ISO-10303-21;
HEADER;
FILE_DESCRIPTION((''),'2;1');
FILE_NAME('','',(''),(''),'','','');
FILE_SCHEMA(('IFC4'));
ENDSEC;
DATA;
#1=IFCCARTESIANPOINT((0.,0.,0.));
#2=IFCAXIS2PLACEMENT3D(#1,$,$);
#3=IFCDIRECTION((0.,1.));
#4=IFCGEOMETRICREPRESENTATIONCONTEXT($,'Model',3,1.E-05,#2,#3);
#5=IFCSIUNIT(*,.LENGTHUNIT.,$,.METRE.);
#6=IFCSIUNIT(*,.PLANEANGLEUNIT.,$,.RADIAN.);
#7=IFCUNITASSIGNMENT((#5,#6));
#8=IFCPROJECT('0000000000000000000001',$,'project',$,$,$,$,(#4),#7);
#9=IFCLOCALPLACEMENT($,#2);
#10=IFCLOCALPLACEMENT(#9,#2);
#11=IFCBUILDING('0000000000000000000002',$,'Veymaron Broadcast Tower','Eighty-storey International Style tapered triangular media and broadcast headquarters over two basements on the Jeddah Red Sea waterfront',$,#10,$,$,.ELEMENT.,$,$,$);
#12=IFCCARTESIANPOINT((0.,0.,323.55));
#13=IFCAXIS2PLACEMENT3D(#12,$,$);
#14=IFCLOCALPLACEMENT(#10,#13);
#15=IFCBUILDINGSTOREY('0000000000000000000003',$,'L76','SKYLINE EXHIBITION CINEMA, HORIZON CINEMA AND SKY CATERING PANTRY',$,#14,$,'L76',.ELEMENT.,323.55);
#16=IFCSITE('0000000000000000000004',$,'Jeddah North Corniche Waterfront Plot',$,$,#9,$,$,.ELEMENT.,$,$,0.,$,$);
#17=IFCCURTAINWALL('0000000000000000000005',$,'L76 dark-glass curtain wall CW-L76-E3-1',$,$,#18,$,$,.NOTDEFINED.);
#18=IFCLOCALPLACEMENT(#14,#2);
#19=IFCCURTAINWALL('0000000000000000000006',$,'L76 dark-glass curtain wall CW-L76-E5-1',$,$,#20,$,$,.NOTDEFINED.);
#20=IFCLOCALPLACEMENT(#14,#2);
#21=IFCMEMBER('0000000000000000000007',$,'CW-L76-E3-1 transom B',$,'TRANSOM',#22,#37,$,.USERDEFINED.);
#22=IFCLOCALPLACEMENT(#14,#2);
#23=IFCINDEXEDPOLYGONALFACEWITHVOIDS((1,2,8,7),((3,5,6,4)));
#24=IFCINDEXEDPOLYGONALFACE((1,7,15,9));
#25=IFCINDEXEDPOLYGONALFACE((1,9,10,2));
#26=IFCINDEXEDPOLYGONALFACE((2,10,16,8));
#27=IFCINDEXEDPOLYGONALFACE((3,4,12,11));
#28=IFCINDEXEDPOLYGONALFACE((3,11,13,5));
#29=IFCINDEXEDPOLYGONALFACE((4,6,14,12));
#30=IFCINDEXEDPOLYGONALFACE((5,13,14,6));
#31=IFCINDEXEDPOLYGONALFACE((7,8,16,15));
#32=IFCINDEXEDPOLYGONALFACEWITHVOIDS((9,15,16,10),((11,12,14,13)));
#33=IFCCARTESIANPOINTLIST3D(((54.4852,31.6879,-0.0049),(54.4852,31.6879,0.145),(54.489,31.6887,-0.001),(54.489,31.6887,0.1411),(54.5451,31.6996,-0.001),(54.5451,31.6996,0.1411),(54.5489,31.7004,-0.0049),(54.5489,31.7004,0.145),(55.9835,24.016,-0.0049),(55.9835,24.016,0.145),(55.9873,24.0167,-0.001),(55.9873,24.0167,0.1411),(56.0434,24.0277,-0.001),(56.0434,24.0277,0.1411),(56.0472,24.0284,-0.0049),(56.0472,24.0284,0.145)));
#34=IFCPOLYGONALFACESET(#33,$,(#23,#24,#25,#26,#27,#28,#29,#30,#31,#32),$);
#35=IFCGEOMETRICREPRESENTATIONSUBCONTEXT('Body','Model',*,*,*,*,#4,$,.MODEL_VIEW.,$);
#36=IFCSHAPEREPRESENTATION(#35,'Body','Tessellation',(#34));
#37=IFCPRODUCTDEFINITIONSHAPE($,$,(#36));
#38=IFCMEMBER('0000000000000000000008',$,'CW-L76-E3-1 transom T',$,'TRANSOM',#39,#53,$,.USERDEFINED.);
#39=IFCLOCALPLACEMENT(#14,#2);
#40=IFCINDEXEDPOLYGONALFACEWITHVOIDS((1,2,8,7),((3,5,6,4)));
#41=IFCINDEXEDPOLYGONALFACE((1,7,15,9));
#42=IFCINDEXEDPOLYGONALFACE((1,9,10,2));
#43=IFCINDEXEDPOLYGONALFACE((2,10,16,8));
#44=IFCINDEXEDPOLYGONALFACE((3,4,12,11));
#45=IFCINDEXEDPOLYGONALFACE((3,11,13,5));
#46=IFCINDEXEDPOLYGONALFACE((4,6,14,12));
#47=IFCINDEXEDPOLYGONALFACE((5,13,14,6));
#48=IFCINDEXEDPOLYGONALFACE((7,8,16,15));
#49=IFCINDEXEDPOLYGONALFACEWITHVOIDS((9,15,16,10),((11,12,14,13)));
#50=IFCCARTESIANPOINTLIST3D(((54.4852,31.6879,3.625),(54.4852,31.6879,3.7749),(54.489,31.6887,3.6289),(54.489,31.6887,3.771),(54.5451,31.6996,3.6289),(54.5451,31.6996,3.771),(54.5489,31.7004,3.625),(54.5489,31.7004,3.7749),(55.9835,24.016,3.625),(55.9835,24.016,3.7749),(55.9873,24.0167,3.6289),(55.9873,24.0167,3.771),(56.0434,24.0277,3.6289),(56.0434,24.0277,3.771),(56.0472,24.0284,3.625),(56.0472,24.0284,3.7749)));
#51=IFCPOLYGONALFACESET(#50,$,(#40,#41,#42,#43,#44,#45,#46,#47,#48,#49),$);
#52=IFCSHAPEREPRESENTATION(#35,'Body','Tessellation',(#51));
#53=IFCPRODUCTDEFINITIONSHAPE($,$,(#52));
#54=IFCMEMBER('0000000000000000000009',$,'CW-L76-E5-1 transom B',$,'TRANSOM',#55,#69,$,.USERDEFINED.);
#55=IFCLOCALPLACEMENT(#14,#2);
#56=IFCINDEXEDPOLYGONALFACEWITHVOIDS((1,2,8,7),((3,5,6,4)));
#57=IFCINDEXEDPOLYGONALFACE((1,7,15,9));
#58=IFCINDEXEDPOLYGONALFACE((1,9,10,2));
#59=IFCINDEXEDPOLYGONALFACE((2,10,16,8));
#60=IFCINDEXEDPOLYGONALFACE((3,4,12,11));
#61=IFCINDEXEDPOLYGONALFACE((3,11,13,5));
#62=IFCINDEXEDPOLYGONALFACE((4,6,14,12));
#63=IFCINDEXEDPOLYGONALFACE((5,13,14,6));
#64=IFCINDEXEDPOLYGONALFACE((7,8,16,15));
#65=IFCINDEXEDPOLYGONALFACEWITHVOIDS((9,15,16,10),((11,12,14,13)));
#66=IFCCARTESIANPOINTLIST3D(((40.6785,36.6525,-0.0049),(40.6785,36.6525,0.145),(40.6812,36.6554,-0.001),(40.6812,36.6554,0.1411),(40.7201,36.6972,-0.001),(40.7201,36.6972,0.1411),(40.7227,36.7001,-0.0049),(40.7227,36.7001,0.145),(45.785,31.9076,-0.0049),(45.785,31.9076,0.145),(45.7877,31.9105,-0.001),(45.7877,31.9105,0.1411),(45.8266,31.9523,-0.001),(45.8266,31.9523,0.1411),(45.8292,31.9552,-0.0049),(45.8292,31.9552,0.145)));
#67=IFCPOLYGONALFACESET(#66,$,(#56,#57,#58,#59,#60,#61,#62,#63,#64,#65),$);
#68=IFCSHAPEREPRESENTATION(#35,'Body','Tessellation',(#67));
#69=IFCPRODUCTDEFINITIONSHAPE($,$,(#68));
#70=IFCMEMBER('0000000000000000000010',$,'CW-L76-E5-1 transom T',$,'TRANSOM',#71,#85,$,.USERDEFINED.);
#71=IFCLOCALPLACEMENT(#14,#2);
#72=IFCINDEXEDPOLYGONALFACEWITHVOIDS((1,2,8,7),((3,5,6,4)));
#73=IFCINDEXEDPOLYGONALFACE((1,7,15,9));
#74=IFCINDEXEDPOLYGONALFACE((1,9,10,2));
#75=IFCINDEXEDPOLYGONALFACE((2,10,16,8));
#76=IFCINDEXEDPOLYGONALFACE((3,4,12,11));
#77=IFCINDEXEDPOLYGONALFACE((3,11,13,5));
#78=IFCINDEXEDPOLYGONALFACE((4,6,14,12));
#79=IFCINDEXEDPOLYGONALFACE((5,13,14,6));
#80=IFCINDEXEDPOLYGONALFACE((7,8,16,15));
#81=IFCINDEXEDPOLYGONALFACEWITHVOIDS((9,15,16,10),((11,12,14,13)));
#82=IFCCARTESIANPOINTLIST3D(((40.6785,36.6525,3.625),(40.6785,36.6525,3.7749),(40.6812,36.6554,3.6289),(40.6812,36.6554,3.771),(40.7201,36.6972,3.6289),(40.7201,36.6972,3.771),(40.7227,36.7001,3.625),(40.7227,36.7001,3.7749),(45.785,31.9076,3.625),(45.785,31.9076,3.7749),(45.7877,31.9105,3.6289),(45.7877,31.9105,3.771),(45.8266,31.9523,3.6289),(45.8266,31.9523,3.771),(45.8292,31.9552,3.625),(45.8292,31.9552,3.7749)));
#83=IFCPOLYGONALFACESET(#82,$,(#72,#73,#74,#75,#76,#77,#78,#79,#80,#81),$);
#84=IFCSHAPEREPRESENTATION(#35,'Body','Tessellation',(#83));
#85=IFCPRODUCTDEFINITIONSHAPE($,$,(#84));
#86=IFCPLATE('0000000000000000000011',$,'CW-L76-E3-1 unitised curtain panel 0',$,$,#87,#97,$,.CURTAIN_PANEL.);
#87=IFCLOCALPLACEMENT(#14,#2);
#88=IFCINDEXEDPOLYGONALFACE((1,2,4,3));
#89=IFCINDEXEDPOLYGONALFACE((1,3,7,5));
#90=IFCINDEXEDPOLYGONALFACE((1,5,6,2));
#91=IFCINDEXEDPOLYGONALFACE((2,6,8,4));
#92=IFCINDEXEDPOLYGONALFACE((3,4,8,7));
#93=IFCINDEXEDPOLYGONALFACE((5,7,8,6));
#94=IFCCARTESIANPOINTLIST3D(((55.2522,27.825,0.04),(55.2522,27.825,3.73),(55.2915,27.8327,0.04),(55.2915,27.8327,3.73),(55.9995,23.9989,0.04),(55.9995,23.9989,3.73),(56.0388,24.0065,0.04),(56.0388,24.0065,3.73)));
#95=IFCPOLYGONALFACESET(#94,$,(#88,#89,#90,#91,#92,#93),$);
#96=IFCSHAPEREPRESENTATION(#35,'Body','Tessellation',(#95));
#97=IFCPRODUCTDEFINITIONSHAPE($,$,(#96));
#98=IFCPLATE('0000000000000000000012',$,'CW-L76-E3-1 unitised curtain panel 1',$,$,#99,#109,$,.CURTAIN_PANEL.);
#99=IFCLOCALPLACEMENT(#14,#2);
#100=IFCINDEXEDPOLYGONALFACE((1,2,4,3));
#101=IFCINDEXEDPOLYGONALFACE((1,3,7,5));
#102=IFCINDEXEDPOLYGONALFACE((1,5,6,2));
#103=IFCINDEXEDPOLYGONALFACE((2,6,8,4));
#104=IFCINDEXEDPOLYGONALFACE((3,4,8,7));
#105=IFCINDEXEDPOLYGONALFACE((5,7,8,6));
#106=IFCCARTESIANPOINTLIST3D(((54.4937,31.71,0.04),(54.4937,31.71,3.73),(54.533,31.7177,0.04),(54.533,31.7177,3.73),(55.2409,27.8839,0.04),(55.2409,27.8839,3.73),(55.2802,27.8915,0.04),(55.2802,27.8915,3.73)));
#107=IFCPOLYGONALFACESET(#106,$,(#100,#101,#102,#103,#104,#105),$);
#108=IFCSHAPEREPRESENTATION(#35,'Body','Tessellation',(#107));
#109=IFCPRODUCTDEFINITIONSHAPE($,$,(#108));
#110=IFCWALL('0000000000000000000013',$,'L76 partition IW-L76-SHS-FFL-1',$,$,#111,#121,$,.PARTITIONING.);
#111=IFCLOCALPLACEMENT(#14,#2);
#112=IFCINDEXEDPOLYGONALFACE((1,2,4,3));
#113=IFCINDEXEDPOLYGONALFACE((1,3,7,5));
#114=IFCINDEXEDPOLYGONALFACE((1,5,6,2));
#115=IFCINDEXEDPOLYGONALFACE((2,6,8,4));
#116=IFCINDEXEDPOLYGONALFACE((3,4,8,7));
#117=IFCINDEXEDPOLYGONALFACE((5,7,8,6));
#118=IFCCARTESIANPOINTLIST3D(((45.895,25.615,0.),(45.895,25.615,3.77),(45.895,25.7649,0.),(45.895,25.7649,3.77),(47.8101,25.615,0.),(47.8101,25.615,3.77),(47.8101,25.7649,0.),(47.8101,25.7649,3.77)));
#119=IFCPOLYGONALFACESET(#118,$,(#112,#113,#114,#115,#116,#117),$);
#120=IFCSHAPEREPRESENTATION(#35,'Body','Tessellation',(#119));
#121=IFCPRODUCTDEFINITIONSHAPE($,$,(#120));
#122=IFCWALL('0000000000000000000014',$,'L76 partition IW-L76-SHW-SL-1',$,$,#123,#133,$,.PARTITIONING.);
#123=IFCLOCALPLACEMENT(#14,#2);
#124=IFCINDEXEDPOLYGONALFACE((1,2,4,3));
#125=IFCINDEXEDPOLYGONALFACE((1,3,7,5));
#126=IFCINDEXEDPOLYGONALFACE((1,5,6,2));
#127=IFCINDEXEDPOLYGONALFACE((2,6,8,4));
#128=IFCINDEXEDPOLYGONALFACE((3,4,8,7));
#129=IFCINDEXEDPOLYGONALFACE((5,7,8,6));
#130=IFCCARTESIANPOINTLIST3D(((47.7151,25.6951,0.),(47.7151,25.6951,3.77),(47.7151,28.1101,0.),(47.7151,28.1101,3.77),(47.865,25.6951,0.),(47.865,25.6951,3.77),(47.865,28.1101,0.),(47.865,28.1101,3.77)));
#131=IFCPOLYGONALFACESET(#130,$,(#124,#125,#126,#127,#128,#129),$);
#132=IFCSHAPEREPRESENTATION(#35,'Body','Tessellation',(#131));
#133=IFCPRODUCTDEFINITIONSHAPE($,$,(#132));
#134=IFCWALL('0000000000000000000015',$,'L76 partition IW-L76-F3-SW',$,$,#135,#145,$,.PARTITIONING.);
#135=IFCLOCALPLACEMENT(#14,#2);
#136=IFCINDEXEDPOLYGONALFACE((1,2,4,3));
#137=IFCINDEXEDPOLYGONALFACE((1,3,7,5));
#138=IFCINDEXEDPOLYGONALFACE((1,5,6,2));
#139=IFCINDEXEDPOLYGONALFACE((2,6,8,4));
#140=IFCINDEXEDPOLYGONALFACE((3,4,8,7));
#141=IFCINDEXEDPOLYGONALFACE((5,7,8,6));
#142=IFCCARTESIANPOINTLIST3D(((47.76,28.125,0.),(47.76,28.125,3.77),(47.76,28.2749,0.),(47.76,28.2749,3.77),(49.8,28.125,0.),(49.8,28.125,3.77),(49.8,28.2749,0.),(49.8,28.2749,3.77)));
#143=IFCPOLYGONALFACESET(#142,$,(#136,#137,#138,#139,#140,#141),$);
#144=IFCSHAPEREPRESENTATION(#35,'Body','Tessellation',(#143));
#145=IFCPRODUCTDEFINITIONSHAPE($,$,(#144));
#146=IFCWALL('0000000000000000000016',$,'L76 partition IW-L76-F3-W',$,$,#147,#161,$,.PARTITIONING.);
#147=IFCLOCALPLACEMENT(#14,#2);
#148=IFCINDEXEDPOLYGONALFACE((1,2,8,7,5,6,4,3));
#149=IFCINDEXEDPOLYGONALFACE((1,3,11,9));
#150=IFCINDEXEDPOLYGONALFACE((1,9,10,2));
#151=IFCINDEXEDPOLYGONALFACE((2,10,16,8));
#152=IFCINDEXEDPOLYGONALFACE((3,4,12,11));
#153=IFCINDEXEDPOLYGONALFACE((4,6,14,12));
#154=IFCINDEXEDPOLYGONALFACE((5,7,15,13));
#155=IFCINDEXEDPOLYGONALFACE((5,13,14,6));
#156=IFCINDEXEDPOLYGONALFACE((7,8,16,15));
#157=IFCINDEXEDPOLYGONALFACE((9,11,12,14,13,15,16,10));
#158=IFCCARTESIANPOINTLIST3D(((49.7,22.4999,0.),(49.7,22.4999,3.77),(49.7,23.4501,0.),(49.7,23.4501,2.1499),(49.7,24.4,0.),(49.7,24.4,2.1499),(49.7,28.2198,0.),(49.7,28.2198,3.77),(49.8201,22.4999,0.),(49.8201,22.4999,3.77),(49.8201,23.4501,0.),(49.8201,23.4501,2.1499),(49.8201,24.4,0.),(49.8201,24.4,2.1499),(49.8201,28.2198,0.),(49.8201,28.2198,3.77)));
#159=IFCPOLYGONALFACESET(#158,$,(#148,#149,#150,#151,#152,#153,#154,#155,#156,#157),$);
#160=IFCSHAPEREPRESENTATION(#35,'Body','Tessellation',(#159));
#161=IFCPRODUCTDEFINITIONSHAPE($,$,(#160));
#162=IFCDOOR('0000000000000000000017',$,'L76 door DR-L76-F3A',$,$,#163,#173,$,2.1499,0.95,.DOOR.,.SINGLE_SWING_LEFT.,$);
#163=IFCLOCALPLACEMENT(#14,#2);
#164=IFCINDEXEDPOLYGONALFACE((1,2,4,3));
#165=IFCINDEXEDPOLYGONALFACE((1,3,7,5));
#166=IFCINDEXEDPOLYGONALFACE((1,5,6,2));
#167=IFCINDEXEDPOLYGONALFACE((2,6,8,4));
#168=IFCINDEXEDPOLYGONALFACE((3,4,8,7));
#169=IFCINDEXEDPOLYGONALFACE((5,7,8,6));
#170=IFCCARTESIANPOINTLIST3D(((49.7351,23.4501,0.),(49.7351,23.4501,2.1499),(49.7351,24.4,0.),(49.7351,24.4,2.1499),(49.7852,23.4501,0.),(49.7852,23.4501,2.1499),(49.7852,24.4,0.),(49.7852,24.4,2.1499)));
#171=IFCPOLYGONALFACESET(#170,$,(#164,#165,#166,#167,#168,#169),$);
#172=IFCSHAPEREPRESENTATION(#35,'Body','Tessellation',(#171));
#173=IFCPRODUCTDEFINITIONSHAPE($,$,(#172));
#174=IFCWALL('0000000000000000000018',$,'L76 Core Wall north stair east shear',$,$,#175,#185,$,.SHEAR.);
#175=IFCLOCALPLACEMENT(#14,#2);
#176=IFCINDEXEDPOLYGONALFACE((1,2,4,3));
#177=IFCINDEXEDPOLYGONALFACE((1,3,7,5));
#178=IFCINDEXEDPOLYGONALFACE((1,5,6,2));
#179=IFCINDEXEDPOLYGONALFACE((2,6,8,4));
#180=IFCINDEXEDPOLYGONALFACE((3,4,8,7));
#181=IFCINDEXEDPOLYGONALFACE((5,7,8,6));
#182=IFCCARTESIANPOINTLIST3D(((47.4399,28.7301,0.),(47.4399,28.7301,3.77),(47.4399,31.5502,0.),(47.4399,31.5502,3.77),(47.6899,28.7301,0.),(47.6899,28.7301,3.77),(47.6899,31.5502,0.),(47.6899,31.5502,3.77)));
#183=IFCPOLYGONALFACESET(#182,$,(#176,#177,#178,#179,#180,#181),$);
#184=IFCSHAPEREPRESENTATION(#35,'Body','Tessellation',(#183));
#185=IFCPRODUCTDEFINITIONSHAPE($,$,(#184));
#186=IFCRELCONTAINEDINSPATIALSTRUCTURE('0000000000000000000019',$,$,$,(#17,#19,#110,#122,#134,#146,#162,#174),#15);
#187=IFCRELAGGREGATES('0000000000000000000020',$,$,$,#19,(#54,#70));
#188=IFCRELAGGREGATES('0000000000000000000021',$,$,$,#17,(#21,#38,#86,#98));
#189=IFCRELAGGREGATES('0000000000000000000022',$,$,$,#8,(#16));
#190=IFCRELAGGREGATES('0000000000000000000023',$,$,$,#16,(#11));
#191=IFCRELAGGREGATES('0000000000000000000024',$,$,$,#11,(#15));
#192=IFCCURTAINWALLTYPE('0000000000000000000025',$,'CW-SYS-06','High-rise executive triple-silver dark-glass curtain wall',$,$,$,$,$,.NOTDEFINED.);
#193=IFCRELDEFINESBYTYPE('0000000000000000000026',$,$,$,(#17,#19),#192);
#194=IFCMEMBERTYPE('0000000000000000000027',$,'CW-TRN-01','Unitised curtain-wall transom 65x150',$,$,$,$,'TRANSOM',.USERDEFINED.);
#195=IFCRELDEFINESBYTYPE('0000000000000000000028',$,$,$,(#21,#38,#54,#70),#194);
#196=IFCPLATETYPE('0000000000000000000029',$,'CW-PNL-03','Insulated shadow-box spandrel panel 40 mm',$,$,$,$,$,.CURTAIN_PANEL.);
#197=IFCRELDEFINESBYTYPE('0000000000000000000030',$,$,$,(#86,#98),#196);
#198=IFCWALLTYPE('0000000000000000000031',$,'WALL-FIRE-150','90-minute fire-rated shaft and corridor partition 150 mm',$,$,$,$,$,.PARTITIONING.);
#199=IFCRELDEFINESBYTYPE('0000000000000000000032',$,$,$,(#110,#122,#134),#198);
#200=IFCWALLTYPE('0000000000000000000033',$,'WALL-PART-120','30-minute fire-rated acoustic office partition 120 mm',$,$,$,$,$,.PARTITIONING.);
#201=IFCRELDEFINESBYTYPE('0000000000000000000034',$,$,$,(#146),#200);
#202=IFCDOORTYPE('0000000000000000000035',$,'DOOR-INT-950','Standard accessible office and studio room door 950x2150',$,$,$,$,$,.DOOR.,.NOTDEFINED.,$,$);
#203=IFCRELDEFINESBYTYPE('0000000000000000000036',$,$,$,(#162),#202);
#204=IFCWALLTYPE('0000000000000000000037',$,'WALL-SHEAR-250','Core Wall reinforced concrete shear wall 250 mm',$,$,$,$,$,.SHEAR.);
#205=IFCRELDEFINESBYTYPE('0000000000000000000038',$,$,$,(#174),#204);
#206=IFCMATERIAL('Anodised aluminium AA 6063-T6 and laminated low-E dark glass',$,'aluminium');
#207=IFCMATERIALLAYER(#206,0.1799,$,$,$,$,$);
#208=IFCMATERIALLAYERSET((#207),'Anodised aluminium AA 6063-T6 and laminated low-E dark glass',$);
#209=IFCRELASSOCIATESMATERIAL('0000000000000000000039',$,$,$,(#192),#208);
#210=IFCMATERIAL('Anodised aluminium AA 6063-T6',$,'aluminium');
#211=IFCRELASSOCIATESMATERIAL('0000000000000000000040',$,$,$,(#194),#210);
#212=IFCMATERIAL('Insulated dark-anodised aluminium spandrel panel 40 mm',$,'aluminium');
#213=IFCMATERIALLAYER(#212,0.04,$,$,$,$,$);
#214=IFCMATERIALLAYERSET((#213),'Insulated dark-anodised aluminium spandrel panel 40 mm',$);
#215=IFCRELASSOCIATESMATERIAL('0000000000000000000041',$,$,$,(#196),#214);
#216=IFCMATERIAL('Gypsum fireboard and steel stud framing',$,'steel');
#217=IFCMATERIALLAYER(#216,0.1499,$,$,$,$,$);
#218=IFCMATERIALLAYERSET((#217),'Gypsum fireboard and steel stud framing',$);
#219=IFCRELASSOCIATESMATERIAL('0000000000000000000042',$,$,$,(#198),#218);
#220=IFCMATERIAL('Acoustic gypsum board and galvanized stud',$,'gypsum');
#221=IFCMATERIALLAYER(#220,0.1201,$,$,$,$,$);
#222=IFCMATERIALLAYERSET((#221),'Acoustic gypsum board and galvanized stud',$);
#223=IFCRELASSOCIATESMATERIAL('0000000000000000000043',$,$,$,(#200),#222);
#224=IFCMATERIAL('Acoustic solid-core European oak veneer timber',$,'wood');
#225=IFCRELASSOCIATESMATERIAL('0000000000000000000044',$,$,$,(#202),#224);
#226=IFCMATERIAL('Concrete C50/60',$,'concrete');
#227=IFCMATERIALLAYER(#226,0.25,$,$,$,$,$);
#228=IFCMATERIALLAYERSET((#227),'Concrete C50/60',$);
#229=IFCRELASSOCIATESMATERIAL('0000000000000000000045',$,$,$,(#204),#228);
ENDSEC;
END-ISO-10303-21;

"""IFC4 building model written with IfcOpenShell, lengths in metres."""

from ifc_helpers import new_model, si_unit, direction, frame, frame_2d, origin, origin_2d, place, context, subcontext, project, spatial, rectangle, hollow_rectangle, extrude, material, layer, layer_set, material_profile, profile_set, type_object, element, fill, aggregate, save


model = new_model("IFC4")

# Units and contexts
model_context = context("Model", 3, precision=1e-05, world=origin(), true_north=direction((0.0, 1.0)))
body_context = subcontext(model_context, "Body", "Model", "MODEL_VIEW")
ifc_project = project(units=[si_unit("LENGTHUNIT", "METRE"), si_unit("PLANEANGLEUNIT", "RADIAN")], contexts=[model_context])

# Site, building, storey
site_placement = place(None, origin())
site = spatial("IfcSite", under=ifc_project, at=site_placement, Name="Jeddah North Corniche Waterfront Plot", CompositionType="ELEMENT", RefElevation=0.0)
building_placement = place(site_placement, origin())
building = spatial("IfcBuilding", under=site, at=building_placement, Name="Veymaron Broadcast Tower", Description="Eighty-storey International Style tapered triangular media and broadcast headquarters over two basements on the Jeddah Red Sea waterfront", CompositionType="ELEMENT")
storey_placement = place(building_placement, frame((0.0, 0.0, 323.55)))
storey = spatial("IfcBuildingStorey", under=building, at=storey_placement, Name="L76", Description="SKYLINE EXHIBITION CINEMA, HORIZON CINEMA AND SKY CATERING PANTRY", LongName="L76", CompositionType="ELEMENT", Elevation=323.55)

# Shared definitions
ifc_material_1 = material(Name="Anodised aluminium AA 6063-T6 and laminated low-E dark glass", Category="aluminium")
ifc_layer_1 = layer(ifc_material_1, 0.1799)
ifc_layer_set_1 = layer_set([ifc_layer_1], Name="Anodised aluminium AA 6063-T6 and laminated low-E dark glass")
curtain_wall_type = type_object("IfcCurtainWallType", Name="CW-SYS-06", Description="High-rise executive triple-silver dark-glass curtain wall", PredefinedType="NOTDEFINED", material=ifc_layer_set_1)
ifc_material_2 = material(Name="Anodised aluminium AA 6063-T6", Category="aluminium")

# Curtain wall
curtain_wall_1_placement = place(storey_placement, origin())
curtain_wall_1 = element("IfcCurtainWall", 1, at=curtain_wall_1_placement, inside=storey, type_object=curtain_wall_type, Name="L76 dark-glass curtain wall CW-L76-E3-1", PredefinedType="NOTDEFINED")

# Curtain wall
curtain_wall_2_placement = place(storey_placement, origin())
curtain_wall_2 = element("IfcCurtainWall", 2, at=curtain_wall_2_placement, inside=storey, type_object=curtain_wall_type, Name="L76 dark-glass curtain wall CW-L76-E5-1", PredefinedType="NOTDEFINED")

# Members
ifc_material_profile_1 = material_profile(ifc_material_2, hollow_rectangle(XDim=0.0649, YDim=0.1499, WallThickness=0.0039, at=origin_2d()), Name="AL150X65X4")
ifc_profile_set_1 = profile_set([ifc_material_profile_1], Name="Anodised aluminium AA 6063-T6")
member_type_1 = type_object("IfcMemberType", Name="CW-TRN-01", Description="Unitised curtain-wall transom 65x150", ElementType="TRANSOM", PredefinedType="USERDEFINED", material=ifc_profile_set_1)
member_1_placement = place(storey_placement, frame((56.0154, 24.0222, 0.0701), z_axis=(-0.191675, 0.981458, 0.0), x_axis=(-0.981458, -0.191675, 0.0)))
member_1 = element("IfcMember", 3, at=member_1_placement, type_object=member_type_1, Name="CW-L76-E3-1 transom B", ObjectType="TRANSOM", PredefinedType="USERDEFINED", context=body_context, shape_type="SweptSolid", body=[
    extrude(hollow_rectangle(XDim=0.0649, YDim=0.1499, WallThickness=0.0039, at=origin_2d()), origin(), (0.0, 0.0, 1.0), 7.8169),
])
member_2_placement = place(storey_placement, frame((56.0154, 24.0222, 3.7), z_axis=(-0.191675, 0.981458, 0.0), x_axis=(-0.981458, -0.191675, 0.0)))
member_2 = element("IfcMember", 4, at=member_2_placement, type_object=member_type_1, Name="CW-L76-E3-1 transom T", ObjectType="TRANSOM", PredefinedType="USERDEFINED", context=body_context, shape_type="SweptSolid", body=[
    extrude(hollow_rectangle(XDim=0.0649, YDim=0.1499, WallThickness=0.0039, at=origin_2d()), origin(), (0.0, 0.0, 1.0), 7.8169),
])
member_3_placement = place(storey_placement, frame((45.8071, 31.9314, 0.0701), z_axis=(-0.732566, 0.680696, 0.0), x_axis=(-0.680696, -0.732566, 0.0)))
member_3 = element("IfcMember", 5, at=member_3_placement, type_object=member_type_1, Name="CW-L76-E5-1 transom B", ObjectType="TRANSOM", PredefinedType="USERDEFINED", context=body_context, shape_type="SweptSolid", body=[
    extrude(hollow_rectangle(XDim=0.0649, YDim=0.1499, WallThickness=0.0039, at=origin_2d()), origin(), (0.0, 0.0, 1.0), 6.9707),
])
member_4_placement = place(storey_placement, frame((45.8071, 31.9314, 3.7), z_axis=(-0.732566, 0.680696, 0.0), x_axis=(-0.680696, -0.732566, 0.0)))
member_4 = element("IfcMember", 6, at=member_4_placement, type_object=member_type_1, Name="CW-L76-E5-1 transom T", ObjectType="TRANSOM", PredefinedType="USERDEFINED", context=body_context, shape_type="SweptSolid", body=[
    extrude(hollow_rectangle(XDim=0.0649, YDim=0.1499, WallThickness=0.0039, at=origin_2d()), origin(), (0.0, 0.0, 1.0), 6.9707),
])
aggregate(curtain_wall_2, [member_3, member_4])

# Plates
ifc_material_3 = material(Name="Insulated dark-anodised aluminium spandrel panel 40 mm", Category="aluminium")
ifc_layer_2 = layer(ifc_material_3, 0.04)
ifc_layer_set_2 = layer_set([ifc_layer_2], Name="Insulated dark-anodised aluminium spandrel panel 40 mm")
plate_type = type_object("IfcPlateType", Name="CW-PNL-03", Description="Insulated shadow-box spandrel panel 40 mm", PredefinedType="CURTAIN_PANEL", material=ifc_layer_set_2)
plate_1_placement = place(storey_placement, frame((55.6455, 25.9158, 0.04), z_axis=(0.0, 0.0, 1.0), x_axis=(-0.191683, 0.981457, 0.0)))
plate_1 = element("IfcPlate", 7, at=plate_1_placement, type_object=plate_type, Name="CW-L76-E3-1 unitised curtain panel 0", PredefinedType="CURTAIN_PANEL", context=body_context, shape_type="SweptSolid", body=[
    extrude(rectangle(XDim=3.8984, YDim=0.04, at=origin_2d()), origin(), (0.0, 0.0, 1.0), 3.6899),
])
plate_2_placement = place(storey_placement, frame((54.887, 29.8008, 0.04), z_axis=(0.0, 0.0, 1.0), x_axis=(-0.191683, 0.981457, 0.0)))
plate_2 = element("IfcPlate", 8, at=plate_2_placement, type_object=plate_type, Name="CW-L76-E3-1 unitised curtain panel 1", PredefinedType="CURTAIN_PANEL", context=body_context, shape_type="SweptSolid", body=[
    extrude(rectangle(XDim=3.8984, YDim=0.04, at=origin_2d()), origin(), (0.0, 0.0, 1.0), 3.6899),
])
aggregate(curtain_wall_1, [member_1, member_2, plate_1, plate_2])

# Shared definitions
ifc_material_4 = material(Name="Gypsum fireboard and steel stud framing", Category="steel")
ifc_layer_3 = layer(ifc_material_4, 0.1499)
ifc_layer_set_3 = layer_set([ifc_layer_3], Name="Gypsum fireboard and steel stud framing")
wall_type_1 = type_object("IfcWallType", Name="WALL-FIRE-150", Description="90-minute fire-rated shaft and corridor partition 150 mm", PredefinedType="PARTITIONING", material=ifc_layer_set_3)

# Wall
wall_1_placement = place(storey_placement, frame((45.895, 25.6899, 0.0), z_axis=(0.0, 0.0, 1.0), x_axis=(1.0, 0.0, 0.0)))
element("IfcWall", 9, at=wall_1_placement, inside=storey, type_object=wall_type_1, Name="L76 partition IW-L76-SHS-FFL-1", PredefinedType="PARTITIONING", context=body_context, shape_type="SweptSolid", body=[
    extrude(rectangle(XDim=1.915, YDim=0.1499, at=frame_2d((0.9575, 0.0))), origin(), (0.0, 0.0, 1.0), 3.77),
])

# Walls
wall_2_placement = place(storey_placement, frame((47.79, 25.6951, 0.0), z_axis=(0.0, 0.0, 1.0), x_axis=(0.0, 1.0, 0.0)))
element("IfcWall", 10, at=wall_2_placement, inside=storey, type_object=wall_type_1, Name="L76 partition IW-L76-SHW-SL-1", PredefinedType="PARTITIONING", context=body_context, shape_type="SweptSolid", body=[
    extrude(rectangle(XDim=2.415, YDim=0.1499, at=frame_2d((1.2075, 0.0))), origin(), (0.0, 0.0, 1.0), 3.77),
])
wall_3_placement = place(storey_placement, frame((47.76, 28.2, 0.0), z_axis=(0.0, 0.0, 1.0), x_axis=(1.0, 0.0, 0.0)))
element("IfcWall", 11, at=wall_3_placement, inside=storey, type_object=wall_type_1, Name="L76 partition IW-L76-F3-SW", PredefinedType="PARTITIONING", context=body_context, shape_type="SweptSolid", body=[
    extrude(rectangle(XDim=2.04, YDim=0.1499, at=frame_2d((1.02, 0.0))), origin(), (0.0, 0.0, 1.0), 3.77),
])

# Wall, opening, door
ifc_material_5 = material(Name="Acoustic gypsum board and galvanized stud", Category="gypsum")
ifc_layer_4 = layer(ifc_material_5, 0.1201)
ifc_layer_set_4 = layer_set([ifc_layer_4], Name="Acoustic gypsum board and galvanized stud")
wall_type_2 = type_object("IfcWallType", Name="WALL-PART-120", Description="30-minute fire-rated acoustic office partition 120 mm", PredefinedType="PARTITIONING", material=ifc_layer_set_4)
wall_4_placement = place(storey_placement, frame((49.76, 22.5, 0.0), z_axis=(0.0, 0.0, 1.0), x_axis=(0.0, 1.0, 0.0)))
wall_4 = element("IfcWall", 12, at=wall_4_placement, inside=storey, type_object=wall_type_2, Name="L76 partition IW-L76-F3-W", PredefinedType="PARTITIONING", context=body_context, shape_type="SweptSolid", body=[
    extrude(rectangle(XDim=5.72, YDim=0.1201, at=frame_2d((2.8599, 0.0))), origin(), (0.0, 0.0, 1.0), 3.77),
])
opening_1_placement = place(wall_4_placement, frame((0.95, 0.0, 0.0)))
opening_1 = element("IfcOpeningElement", 13, at=opening_1_placement, cuts=wall_4, PredefinedType="OPENING", context=body_context, shape_type="SweptSolid", body=[
    extrude(rectangle(XDim=0.95, YDim=2.1499, at=frame_2d((0.4751, 1.075))), frame((0.0, 0.0701, 0.0), z_axis=(0.0, -1.0, 0.0), x_axis=(1.0, 0.0, 0.0)), (0.0, 0.0, 1.0), 0.1401),
])
ifc_material_6 = material(Name="Acoustic solid-core European oak veneer timber", Category="wood")
door_type_1 = type_object("IfcDoorType", Name="DOOR-INT-950", Description="Standard accessible office and studio room door 950x2150", OperationType="NOTDEFINED", PredefinedType="DOOR", material=ifc_material_6)
door_1_placement = place(opening_1_placement, origin())
door_1 = element("IfcDoor", 14, at=door_1_placement, inside=storey, type_object=door_type_1, Name="L76 door DR-L76-F3A", OperationType="SINGLE_SWING_LEFT", OverallHeight=2.1499, OverallWidth=0.95, PredefinedType="DOOR", context=body_context, shape_type="SweptSolid", body=[
    extrude(rectangle(XDim=0.95, YDim=2.1499, at=frame_2d((0.4751, 1.075))), frame((0.0, 0.0249, 0.0), z_axis=(0.0, -1.0, 0.0), x_axis=(1.0, 0.0, 0.0)), (0.0, 0.0, 1.0), 0.05),
])
fill(opening_1, door_1)

# Wall
ifc_material_7 = material(Name="Concrete C50/60", Category="concrete")
ifc_layer_5 = layer(ifc_material_7, 0.25)
ifc_layer_set_5 = layer_set([ifc_layer_5], Name="Concrete C50/60")
wall_type_3 = type_object("IfcWallType", Name="WALL-SHEAR-250", Description="Core Wall reinforced concrete shear wall 250 mm", PredefinedType="SHEAR", material=ifc_layer_set_5)
wall_5_placement = place(storey_placement, frame((47.5649, 28.73, 0.0), z_axis=(0.0, 0.0, 1.0), x_axis=(0.0, 1.0, 0.0)))
element("IfcWall", 15, at=wall_5_placement, inside=storey, type_object=wall_type_3, Name="L76 Core Wall north stair east shear", PredefinedType="SHEAR", context=body_context, shape_type="SweptSolid", body=[
    extrude(rectangle(XDim=2.8201, YDim=0.25, at=frame_2d((1.4102, 0.0))), origin(), (0.0, 0.0, 1.0), 3.77),
])

save(model, "model.ifc")
